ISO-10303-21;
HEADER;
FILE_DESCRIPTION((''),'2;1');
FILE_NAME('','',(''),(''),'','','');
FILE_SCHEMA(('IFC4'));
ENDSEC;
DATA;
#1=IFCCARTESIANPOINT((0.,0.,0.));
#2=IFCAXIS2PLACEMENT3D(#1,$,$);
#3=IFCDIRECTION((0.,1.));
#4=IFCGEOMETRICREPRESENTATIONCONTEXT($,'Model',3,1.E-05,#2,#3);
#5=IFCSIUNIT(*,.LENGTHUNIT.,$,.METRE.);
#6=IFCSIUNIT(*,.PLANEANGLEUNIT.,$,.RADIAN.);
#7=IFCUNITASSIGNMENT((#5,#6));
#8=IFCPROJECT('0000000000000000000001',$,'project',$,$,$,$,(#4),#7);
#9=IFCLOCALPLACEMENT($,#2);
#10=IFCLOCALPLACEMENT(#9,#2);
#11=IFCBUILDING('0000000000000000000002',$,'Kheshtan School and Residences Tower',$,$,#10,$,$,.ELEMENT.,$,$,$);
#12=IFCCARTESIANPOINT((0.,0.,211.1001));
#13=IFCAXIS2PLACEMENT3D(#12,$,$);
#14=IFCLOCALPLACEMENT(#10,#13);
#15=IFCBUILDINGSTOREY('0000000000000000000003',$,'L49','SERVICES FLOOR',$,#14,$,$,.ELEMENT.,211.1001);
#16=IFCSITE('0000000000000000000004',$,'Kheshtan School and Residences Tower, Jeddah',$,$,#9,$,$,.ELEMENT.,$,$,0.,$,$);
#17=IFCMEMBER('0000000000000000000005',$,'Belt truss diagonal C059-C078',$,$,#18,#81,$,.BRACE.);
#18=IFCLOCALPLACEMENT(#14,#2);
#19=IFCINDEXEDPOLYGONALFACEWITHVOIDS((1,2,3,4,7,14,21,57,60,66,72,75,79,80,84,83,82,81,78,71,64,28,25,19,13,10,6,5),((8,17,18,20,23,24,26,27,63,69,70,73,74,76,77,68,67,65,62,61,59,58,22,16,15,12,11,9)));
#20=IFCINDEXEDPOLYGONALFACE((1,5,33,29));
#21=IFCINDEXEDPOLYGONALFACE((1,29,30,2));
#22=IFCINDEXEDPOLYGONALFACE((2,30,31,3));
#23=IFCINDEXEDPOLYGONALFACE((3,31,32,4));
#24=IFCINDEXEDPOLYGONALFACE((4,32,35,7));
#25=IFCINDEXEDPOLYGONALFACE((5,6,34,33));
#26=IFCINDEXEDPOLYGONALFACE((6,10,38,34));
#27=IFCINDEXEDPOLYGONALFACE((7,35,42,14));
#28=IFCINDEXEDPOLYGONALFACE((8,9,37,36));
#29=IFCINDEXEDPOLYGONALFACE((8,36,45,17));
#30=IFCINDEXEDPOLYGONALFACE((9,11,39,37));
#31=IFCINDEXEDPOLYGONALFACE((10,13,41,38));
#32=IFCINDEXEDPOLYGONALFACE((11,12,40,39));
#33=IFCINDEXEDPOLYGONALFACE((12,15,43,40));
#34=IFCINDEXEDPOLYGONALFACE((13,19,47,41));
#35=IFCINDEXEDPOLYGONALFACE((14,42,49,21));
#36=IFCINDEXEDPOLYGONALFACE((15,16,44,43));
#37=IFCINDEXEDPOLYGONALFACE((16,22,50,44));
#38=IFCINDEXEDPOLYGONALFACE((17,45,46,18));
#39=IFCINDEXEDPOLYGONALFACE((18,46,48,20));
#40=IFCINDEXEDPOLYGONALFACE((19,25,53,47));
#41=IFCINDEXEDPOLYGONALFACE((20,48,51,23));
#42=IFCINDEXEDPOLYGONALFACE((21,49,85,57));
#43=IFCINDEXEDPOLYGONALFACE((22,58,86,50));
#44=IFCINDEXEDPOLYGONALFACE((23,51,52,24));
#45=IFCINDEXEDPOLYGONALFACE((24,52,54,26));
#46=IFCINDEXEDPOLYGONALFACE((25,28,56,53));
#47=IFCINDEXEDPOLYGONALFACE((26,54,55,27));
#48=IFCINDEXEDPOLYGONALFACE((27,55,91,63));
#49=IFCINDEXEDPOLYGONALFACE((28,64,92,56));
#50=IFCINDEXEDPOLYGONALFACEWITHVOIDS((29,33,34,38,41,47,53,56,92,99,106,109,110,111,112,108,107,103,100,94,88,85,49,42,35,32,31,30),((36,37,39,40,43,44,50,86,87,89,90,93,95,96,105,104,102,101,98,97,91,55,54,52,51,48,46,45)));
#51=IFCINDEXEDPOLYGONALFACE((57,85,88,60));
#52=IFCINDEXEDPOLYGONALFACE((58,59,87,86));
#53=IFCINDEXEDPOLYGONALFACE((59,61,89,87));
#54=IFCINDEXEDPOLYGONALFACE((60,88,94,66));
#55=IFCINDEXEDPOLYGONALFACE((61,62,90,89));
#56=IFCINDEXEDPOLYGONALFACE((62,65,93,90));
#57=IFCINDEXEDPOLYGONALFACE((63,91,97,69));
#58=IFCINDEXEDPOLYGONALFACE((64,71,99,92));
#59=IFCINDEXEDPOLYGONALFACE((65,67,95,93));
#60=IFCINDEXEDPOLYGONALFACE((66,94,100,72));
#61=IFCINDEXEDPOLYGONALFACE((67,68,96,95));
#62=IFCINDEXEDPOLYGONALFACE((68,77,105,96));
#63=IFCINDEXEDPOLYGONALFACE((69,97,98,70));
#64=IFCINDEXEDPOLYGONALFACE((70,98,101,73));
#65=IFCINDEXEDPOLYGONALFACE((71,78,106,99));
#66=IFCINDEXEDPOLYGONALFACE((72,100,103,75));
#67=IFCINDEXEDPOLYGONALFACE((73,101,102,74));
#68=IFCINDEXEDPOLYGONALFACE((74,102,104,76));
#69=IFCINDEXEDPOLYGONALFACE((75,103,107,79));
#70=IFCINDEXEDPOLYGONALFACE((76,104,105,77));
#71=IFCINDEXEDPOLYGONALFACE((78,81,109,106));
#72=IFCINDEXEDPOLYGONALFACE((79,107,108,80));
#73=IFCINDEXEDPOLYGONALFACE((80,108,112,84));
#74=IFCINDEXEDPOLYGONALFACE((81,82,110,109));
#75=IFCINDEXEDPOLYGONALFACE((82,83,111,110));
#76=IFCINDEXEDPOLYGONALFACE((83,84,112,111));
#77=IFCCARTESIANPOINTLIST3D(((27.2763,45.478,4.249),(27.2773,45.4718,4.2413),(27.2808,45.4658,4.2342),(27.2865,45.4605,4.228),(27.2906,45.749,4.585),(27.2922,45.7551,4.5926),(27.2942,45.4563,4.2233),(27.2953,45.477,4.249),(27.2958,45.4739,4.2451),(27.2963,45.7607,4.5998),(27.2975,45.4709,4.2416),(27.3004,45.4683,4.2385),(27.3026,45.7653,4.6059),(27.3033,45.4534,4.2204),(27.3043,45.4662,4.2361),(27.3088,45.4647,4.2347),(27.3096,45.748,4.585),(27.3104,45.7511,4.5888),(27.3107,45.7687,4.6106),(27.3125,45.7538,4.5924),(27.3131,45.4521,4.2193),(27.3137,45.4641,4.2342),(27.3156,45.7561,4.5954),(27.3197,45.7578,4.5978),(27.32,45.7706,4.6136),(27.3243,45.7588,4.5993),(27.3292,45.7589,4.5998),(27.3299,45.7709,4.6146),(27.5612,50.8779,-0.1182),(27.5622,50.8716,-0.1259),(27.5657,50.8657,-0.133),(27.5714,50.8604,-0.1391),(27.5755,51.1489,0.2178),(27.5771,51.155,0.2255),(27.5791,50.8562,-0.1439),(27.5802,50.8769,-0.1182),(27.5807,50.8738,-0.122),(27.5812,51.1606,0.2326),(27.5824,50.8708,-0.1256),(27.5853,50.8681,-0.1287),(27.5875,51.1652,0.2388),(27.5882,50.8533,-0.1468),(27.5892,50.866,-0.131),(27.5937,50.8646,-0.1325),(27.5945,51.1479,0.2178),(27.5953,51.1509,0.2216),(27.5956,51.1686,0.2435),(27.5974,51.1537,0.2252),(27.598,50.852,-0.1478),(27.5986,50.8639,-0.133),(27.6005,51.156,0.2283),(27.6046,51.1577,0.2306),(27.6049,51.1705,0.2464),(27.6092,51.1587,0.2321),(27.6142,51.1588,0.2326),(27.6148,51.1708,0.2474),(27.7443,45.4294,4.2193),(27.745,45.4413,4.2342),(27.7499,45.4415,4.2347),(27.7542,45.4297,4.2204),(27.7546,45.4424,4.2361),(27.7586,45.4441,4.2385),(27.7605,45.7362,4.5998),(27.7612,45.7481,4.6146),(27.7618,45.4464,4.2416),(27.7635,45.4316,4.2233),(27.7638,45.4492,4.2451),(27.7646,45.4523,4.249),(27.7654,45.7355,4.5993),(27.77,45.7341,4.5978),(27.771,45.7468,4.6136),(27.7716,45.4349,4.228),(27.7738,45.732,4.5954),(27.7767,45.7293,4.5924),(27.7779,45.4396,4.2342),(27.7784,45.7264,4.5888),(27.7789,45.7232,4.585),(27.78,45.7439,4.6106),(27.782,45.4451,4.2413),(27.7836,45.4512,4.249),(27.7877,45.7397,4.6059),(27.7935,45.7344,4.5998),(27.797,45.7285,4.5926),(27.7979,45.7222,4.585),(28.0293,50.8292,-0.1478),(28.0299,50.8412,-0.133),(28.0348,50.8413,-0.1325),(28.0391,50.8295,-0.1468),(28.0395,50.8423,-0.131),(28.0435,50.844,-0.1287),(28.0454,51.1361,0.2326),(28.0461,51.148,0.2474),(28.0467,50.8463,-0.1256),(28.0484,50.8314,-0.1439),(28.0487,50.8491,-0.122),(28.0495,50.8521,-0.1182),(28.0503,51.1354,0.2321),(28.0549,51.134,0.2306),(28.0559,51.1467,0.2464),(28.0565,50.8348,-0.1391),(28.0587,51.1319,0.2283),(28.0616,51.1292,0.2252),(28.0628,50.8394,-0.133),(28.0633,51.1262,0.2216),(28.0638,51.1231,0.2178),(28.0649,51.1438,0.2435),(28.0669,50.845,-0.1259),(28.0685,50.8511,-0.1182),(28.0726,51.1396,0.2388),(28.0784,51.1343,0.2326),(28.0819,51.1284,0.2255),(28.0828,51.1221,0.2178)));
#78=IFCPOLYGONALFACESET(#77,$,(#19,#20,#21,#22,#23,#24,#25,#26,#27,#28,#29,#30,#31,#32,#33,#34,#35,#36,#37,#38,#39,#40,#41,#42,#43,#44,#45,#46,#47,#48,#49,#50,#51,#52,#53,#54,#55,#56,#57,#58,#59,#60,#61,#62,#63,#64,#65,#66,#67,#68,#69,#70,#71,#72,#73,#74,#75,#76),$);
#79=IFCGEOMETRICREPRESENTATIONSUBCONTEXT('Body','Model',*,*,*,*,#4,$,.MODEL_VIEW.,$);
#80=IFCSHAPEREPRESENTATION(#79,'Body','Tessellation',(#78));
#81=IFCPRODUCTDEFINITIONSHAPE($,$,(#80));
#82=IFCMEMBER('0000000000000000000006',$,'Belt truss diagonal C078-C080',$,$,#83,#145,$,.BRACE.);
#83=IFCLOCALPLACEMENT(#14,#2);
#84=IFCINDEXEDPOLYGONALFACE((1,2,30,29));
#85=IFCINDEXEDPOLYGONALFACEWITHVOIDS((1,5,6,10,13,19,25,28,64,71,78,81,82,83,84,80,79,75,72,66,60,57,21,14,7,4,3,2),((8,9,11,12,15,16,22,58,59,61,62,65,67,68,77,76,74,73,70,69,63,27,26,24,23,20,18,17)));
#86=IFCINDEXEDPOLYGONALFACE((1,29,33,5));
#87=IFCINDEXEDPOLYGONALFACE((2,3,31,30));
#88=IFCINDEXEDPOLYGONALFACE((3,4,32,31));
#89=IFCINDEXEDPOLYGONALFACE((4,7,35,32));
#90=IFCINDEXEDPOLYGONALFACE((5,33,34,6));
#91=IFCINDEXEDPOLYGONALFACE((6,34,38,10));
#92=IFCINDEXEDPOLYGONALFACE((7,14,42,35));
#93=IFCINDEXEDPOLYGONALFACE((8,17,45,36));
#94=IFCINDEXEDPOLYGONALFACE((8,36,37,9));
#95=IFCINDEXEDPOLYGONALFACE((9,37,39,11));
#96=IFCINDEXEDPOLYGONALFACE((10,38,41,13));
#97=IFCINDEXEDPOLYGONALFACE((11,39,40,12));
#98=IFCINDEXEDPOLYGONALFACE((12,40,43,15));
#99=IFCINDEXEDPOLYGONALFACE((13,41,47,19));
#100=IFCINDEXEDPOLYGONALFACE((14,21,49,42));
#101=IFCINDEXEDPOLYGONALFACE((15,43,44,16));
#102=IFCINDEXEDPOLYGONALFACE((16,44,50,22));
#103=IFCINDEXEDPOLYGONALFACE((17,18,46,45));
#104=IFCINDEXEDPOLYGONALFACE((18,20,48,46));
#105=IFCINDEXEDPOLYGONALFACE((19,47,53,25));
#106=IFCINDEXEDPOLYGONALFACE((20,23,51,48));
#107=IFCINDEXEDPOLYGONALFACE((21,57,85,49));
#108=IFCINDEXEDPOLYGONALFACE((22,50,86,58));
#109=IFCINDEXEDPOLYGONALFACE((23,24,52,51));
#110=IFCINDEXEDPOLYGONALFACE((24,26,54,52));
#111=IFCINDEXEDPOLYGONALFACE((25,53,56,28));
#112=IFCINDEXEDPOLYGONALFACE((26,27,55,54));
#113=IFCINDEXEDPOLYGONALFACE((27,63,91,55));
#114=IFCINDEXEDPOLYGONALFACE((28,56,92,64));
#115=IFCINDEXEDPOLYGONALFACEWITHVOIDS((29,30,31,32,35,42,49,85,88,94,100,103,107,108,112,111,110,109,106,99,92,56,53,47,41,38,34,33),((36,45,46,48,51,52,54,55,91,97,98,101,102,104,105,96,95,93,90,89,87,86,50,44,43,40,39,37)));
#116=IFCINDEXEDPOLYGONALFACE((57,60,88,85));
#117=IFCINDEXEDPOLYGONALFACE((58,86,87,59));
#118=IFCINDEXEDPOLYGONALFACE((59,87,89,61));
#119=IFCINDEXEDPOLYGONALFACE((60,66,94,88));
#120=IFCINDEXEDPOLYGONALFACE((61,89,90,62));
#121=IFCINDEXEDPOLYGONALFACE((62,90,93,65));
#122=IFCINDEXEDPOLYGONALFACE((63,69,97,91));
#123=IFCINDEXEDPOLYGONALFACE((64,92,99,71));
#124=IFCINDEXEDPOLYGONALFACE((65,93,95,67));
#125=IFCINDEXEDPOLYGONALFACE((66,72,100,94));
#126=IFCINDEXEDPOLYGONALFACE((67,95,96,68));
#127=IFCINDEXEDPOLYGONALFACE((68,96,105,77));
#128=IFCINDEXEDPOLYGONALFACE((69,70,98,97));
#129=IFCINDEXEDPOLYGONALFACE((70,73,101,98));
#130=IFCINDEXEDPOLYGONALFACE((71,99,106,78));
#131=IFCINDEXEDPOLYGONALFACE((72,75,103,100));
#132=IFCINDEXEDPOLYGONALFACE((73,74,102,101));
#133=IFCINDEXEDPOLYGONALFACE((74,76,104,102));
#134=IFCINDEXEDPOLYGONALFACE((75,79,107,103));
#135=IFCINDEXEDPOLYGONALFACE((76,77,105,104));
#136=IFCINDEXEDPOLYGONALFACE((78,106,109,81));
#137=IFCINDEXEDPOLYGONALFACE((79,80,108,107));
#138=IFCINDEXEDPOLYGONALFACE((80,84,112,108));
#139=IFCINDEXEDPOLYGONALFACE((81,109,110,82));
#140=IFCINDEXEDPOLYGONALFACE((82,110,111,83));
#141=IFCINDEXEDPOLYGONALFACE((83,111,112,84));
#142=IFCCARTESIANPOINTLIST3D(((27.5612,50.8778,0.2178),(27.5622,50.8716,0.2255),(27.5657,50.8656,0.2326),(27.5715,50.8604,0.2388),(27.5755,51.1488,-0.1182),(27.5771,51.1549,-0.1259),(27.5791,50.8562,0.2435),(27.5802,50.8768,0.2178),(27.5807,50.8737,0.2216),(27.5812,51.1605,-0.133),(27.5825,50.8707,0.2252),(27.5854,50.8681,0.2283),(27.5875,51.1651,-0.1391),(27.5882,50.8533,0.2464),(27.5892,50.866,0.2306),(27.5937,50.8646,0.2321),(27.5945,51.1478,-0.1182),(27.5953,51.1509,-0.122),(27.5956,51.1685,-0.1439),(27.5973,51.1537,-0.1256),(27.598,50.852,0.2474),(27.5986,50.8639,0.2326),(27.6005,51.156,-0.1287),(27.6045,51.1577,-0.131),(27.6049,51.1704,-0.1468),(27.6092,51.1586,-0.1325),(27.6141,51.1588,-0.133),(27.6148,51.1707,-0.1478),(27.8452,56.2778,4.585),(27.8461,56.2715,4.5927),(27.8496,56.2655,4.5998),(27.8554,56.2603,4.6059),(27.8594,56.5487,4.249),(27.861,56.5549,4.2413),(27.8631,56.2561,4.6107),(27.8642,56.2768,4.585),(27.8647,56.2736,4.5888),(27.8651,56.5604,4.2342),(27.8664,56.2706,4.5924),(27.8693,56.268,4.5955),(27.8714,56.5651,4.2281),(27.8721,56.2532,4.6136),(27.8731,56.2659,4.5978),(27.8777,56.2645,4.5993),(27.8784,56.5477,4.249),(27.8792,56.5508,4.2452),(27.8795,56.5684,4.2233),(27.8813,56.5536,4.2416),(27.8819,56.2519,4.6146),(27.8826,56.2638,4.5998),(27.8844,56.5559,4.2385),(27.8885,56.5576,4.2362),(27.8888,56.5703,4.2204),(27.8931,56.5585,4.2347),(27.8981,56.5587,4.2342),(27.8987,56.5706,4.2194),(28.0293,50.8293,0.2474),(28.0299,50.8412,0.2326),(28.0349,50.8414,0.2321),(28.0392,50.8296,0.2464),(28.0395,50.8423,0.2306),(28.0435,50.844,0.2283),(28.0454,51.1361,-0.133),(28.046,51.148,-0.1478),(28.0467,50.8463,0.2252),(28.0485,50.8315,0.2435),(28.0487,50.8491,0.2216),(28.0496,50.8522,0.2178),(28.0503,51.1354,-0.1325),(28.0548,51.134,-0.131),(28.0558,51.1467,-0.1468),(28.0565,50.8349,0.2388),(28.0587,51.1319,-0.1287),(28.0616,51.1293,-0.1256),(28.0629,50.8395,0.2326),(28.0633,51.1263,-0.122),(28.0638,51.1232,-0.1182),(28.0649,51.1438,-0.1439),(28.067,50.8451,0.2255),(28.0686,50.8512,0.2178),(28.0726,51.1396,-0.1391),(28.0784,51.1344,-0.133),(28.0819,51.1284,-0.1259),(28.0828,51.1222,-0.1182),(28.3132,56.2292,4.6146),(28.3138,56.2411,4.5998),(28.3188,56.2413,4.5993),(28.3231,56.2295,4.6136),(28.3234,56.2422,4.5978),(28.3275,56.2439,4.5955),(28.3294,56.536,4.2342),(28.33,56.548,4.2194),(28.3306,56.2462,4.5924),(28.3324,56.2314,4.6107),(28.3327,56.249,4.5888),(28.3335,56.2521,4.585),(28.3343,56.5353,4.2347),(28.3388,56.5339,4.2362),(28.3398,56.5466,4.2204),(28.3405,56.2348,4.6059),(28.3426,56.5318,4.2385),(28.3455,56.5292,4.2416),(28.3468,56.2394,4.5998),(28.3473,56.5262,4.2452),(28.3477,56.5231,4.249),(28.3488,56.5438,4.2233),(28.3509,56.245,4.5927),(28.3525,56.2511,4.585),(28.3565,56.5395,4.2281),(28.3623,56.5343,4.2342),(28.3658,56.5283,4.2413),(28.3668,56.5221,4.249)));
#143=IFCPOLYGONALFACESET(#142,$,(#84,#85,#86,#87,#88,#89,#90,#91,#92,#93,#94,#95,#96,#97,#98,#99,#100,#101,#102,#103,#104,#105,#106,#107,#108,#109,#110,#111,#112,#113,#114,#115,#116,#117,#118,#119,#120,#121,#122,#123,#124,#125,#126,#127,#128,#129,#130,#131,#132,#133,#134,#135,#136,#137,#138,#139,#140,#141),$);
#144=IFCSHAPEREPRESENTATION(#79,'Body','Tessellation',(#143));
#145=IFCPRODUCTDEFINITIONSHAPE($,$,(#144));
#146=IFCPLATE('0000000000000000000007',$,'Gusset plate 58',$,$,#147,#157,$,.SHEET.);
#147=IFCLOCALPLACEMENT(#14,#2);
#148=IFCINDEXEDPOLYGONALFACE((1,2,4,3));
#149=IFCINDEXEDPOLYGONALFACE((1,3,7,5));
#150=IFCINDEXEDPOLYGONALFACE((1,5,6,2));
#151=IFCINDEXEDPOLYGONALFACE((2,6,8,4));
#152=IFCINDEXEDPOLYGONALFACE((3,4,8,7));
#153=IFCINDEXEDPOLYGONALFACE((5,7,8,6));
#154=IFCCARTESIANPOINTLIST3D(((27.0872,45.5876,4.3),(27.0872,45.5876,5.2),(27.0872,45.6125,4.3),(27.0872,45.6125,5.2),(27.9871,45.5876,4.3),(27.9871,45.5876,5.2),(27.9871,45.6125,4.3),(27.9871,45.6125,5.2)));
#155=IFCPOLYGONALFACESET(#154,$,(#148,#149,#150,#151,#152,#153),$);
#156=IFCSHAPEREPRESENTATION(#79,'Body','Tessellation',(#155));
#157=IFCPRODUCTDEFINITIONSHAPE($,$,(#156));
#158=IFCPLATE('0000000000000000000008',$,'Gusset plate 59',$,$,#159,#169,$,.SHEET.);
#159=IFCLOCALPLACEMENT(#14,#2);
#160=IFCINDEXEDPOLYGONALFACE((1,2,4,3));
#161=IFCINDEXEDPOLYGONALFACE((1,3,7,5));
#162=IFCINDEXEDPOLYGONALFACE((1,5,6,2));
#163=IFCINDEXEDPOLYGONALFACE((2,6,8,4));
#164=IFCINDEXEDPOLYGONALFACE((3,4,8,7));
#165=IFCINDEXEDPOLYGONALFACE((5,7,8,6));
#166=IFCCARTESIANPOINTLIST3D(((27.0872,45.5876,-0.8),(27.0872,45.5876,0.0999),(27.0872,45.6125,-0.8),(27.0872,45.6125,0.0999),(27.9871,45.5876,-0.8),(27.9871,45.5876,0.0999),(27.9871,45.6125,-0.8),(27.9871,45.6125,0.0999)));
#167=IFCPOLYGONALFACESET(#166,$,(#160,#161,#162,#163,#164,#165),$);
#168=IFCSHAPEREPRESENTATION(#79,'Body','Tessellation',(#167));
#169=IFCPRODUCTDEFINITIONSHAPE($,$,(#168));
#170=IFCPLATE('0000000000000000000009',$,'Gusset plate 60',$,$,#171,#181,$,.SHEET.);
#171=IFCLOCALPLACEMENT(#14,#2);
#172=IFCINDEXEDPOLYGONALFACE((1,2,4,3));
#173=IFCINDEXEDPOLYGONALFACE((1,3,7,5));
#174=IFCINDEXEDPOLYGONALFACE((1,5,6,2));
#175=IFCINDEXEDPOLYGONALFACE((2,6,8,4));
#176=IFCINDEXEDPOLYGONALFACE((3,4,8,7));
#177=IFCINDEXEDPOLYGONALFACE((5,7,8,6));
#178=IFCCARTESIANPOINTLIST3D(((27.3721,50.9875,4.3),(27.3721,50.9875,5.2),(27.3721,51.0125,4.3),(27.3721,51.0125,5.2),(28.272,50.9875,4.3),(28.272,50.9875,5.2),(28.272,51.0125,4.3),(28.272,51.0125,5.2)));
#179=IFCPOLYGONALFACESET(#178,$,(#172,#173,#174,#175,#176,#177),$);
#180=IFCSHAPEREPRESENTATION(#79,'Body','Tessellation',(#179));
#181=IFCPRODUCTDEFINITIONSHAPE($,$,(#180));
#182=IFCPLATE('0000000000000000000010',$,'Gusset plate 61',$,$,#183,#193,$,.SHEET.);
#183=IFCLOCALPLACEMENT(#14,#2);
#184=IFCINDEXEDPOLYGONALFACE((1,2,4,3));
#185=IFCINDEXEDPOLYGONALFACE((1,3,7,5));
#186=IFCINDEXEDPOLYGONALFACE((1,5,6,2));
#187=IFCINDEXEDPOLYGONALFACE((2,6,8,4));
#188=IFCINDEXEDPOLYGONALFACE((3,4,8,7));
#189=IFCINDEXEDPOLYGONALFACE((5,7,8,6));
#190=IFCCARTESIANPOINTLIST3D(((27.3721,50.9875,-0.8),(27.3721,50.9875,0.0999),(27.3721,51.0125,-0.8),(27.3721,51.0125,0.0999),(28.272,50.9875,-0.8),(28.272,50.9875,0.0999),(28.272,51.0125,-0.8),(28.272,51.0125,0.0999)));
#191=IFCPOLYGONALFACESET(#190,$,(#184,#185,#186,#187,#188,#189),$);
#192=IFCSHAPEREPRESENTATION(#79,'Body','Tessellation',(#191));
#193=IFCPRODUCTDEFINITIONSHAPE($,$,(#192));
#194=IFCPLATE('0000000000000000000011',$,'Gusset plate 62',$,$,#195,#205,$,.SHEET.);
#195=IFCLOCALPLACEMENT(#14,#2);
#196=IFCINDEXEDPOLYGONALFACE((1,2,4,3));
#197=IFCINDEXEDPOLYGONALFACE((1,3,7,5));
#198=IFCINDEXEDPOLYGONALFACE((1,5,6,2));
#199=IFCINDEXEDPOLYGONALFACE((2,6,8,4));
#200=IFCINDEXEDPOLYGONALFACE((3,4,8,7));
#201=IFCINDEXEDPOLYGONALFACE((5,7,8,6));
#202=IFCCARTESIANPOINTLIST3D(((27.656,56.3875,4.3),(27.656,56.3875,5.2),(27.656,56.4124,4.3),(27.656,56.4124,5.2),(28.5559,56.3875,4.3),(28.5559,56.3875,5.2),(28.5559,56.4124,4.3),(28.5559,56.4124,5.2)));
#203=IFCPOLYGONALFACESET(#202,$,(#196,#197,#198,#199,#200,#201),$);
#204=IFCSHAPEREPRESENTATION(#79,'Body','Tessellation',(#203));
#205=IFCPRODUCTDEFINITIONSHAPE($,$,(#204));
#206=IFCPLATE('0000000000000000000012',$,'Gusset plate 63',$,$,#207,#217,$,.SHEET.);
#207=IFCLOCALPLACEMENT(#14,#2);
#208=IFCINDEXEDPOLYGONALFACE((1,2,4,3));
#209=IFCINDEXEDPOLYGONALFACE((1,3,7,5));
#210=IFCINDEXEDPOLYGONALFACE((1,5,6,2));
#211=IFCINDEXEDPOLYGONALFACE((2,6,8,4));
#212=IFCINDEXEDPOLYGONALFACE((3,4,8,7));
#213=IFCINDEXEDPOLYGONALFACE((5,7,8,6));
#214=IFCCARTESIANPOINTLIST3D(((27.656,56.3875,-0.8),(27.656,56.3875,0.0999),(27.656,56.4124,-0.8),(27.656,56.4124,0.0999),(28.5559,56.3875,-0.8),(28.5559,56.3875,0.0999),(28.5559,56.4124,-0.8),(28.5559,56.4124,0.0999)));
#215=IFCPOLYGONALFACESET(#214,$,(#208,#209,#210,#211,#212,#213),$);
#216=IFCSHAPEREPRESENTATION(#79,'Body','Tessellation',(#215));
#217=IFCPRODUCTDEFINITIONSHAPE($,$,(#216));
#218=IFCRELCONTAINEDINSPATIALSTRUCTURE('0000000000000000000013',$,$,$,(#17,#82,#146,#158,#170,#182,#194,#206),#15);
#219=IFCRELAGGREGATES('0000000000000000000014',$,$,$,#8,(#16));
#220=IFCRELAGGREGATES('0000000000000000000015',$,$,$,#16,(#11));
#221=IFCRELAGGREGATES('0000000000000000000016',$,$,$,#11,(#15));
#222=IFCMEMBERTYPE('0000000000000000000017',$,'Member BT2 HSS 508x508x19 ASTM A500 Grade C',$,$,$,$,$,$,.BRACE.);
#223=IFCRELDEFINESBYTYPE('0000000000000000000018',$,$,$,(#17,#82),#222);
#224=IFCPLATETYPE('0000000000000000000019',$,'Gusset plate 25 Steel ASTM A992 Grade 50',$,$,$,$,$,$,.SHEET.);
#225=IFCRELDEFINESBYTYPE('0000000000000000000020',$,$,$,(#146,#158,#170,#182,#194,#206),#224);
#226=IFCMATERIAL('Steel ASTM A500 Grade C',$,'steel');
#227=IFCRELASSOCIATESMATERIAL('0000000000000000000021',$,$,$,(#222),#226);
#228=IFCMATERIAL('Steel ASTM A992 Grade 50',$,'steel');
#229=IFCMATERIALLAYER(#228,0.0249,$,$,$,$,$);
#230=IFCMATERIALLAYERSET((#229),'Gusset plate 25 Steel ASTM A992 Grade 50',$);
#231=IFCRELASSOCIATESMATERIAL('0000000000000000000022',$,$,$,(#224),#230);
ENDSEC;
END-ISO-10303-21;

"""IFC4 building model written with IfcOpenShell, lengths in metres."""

from ifc_helpers import new_model, si_unit, direction, frame, origin, origin_2d, place, context, subcontext, project, spatial, rectangle, hollow_rectangle, extrude, material, layer, layer_set, material_profile, profile_set, type_object, element, save


model = new_model("IFC4")

# Units and contexts
model_context = context("Model", 3, precision=1e-05, world=origin(), true_north=direction((0.0, 1.0)))
body_context = subcontext(model_context, "Body", "Model", "MODEL_VIEW")
ifc_project = project(units=[si_unit("LENGTHUNIT", "METRE"), si_unit("PLANEANGLEUNIT", "RADIAN")], contexts=[model_context])

# Site, building, storey
site_placement = place(None, origin())
site = spatial("IfcSite", under=ifc_project, at=site_placement, Name="Kheshtan School and Residences Tower, Jeddah", CompositionType="ELEMENT", RefElevation=0.0)
building_placement = place(site_placement, origin())
building = spatial("IfcBuilding", under=site, at=building_placement, Name="Kheshtan School and Residences Tower", CompositionType="ELEMENT")
storey_placement = place(building_placement, frame((0.0, 0.0, 211.1001)))
storey = spatial("IfcBuildingStorey", under=building, at=storey_placement, Name="L49", Description="SERVICES FLOOR", CompositionType="ELEMENT", Elevation=211.1001)

# Shared definitions
ifc_material_1 = material(Name="Steel ASTM A992 Grade 50", Category="steel")

# Members
ifc_material_2 = material(Name="Steel ASTM A500 Grade C", Category="steel")
ifc_material_profile_1 = material_profile(ifc_material_2, hollow_rectangle(XDim=0.5081, YDim=0.5081, WallThickness=0.019, InnerFilletRadius=0.019, OuterFilletRadius=0.0381, at=origin_2d()), Name="HSS 508x508x19")
ifc_profile_set_1 = profile_set([ifc_material_profile_1], Name="Steel ASTM A500 Grade C")
member_type = type_object("IfcMemberType", Name="Member BT2 HSS 508x508x19 ASTM A500 Grade C", PredefinedType="BRACE", material=ifc_profile_set_1)
for number, where, z_axis, x_axis, name in (
    (1, (27.822, 51.0, 0.0498), (-0.04099, -0.776884, 0.628308), (0.998611, -0.052689, 0.0), "Belt truss diagonal C059-C078"),
    (2, (27.822, 51.0, 0.0498), (0.04085, 0.776889, 0.628311), (-0.99862, 0.052509, 0.0), "Belt truss diagonal C078-C080"),
):
    element("IfcMember", number, at=place(storey_placement, frame(where, z_axis=z_axis, x_axis=x_axis)), inside=storey, type_object=member_type, Name=name, PredefinedType="BRACE", context=body_context, shape_type="SweptSolid", body=[
        extrude(hollow_rectangle(XDim=0.5081, YDim=0.5081, WallThickness=0.019, InnerFilletRadius=0.019, OuterFilletRadius=0.0381, at=origin_2d()), origin(), (0.0, 0.0, 1.0), 6.9507),
    ])

# Plates
ifc_layer_1 = layer(ifc_material_1, 0.0249)
ifc_layer_set_1 = layer_set([ifc_layer_1], Name="Gusset plate 25 Steel ASTM A992 Grade 50")
plate_type = type_object("IfcPlateType", Name="Gusset plate 25 Steel ASTM A992 Grade 50", PredefinedType="SHEET", material=ifc_layer_set_1)
for number, where, z_axis, x_axis, name in (
    (3, (27.5371, 45.6001, 4.3), (0.0, 0.0, 1.0), (1.0, 0.0, 0.0), "Gusset plate 58"),
    (4, (27.5371, 45.6001, -0.8), (0.0, 0.0, 1.0), (1.0, 0.0, 0.0), "Gusset plate 59"),
    (5, (27.822, 51.0, 4.3), (0.0, 0.0, 1.0), (1.0, 0.0, 0.0), "Gusset plate 60"),
    (6, (27.822, 51.0, -0.8), (0.0, 0.0, 1.0), (1.0, 0.0, 0.0), "Gusset plate 61"),
    (7, (28.106, 56.3999, 4.3), (0.0, 0.0, 1.0), (1.0, 0.0, 0.0), "Gusset plate 62"),
    (8, (28.106, 56.3999, -0.8), (0.0, 0.0, 1.0), (1.0, 0.0, 0.0), "Gusset plate 63"),
):
    element("IfcPlate", number, at=place(storey_placement, frame(where, z_axis=z_axis, x_axis=x_axis)), inside=storey, type_object=plate_type, Name=name, PredefinedType="SHEET", context=body_context, shape_type="SweptSolid", body=[
        extrude(rectangle(XDim=0.8999, YDim=0.0249, at=origin_2d()), origin(), (0.0, 0.0, 1.0), 0.8999),
    ])

save(model, "model.ifc")
